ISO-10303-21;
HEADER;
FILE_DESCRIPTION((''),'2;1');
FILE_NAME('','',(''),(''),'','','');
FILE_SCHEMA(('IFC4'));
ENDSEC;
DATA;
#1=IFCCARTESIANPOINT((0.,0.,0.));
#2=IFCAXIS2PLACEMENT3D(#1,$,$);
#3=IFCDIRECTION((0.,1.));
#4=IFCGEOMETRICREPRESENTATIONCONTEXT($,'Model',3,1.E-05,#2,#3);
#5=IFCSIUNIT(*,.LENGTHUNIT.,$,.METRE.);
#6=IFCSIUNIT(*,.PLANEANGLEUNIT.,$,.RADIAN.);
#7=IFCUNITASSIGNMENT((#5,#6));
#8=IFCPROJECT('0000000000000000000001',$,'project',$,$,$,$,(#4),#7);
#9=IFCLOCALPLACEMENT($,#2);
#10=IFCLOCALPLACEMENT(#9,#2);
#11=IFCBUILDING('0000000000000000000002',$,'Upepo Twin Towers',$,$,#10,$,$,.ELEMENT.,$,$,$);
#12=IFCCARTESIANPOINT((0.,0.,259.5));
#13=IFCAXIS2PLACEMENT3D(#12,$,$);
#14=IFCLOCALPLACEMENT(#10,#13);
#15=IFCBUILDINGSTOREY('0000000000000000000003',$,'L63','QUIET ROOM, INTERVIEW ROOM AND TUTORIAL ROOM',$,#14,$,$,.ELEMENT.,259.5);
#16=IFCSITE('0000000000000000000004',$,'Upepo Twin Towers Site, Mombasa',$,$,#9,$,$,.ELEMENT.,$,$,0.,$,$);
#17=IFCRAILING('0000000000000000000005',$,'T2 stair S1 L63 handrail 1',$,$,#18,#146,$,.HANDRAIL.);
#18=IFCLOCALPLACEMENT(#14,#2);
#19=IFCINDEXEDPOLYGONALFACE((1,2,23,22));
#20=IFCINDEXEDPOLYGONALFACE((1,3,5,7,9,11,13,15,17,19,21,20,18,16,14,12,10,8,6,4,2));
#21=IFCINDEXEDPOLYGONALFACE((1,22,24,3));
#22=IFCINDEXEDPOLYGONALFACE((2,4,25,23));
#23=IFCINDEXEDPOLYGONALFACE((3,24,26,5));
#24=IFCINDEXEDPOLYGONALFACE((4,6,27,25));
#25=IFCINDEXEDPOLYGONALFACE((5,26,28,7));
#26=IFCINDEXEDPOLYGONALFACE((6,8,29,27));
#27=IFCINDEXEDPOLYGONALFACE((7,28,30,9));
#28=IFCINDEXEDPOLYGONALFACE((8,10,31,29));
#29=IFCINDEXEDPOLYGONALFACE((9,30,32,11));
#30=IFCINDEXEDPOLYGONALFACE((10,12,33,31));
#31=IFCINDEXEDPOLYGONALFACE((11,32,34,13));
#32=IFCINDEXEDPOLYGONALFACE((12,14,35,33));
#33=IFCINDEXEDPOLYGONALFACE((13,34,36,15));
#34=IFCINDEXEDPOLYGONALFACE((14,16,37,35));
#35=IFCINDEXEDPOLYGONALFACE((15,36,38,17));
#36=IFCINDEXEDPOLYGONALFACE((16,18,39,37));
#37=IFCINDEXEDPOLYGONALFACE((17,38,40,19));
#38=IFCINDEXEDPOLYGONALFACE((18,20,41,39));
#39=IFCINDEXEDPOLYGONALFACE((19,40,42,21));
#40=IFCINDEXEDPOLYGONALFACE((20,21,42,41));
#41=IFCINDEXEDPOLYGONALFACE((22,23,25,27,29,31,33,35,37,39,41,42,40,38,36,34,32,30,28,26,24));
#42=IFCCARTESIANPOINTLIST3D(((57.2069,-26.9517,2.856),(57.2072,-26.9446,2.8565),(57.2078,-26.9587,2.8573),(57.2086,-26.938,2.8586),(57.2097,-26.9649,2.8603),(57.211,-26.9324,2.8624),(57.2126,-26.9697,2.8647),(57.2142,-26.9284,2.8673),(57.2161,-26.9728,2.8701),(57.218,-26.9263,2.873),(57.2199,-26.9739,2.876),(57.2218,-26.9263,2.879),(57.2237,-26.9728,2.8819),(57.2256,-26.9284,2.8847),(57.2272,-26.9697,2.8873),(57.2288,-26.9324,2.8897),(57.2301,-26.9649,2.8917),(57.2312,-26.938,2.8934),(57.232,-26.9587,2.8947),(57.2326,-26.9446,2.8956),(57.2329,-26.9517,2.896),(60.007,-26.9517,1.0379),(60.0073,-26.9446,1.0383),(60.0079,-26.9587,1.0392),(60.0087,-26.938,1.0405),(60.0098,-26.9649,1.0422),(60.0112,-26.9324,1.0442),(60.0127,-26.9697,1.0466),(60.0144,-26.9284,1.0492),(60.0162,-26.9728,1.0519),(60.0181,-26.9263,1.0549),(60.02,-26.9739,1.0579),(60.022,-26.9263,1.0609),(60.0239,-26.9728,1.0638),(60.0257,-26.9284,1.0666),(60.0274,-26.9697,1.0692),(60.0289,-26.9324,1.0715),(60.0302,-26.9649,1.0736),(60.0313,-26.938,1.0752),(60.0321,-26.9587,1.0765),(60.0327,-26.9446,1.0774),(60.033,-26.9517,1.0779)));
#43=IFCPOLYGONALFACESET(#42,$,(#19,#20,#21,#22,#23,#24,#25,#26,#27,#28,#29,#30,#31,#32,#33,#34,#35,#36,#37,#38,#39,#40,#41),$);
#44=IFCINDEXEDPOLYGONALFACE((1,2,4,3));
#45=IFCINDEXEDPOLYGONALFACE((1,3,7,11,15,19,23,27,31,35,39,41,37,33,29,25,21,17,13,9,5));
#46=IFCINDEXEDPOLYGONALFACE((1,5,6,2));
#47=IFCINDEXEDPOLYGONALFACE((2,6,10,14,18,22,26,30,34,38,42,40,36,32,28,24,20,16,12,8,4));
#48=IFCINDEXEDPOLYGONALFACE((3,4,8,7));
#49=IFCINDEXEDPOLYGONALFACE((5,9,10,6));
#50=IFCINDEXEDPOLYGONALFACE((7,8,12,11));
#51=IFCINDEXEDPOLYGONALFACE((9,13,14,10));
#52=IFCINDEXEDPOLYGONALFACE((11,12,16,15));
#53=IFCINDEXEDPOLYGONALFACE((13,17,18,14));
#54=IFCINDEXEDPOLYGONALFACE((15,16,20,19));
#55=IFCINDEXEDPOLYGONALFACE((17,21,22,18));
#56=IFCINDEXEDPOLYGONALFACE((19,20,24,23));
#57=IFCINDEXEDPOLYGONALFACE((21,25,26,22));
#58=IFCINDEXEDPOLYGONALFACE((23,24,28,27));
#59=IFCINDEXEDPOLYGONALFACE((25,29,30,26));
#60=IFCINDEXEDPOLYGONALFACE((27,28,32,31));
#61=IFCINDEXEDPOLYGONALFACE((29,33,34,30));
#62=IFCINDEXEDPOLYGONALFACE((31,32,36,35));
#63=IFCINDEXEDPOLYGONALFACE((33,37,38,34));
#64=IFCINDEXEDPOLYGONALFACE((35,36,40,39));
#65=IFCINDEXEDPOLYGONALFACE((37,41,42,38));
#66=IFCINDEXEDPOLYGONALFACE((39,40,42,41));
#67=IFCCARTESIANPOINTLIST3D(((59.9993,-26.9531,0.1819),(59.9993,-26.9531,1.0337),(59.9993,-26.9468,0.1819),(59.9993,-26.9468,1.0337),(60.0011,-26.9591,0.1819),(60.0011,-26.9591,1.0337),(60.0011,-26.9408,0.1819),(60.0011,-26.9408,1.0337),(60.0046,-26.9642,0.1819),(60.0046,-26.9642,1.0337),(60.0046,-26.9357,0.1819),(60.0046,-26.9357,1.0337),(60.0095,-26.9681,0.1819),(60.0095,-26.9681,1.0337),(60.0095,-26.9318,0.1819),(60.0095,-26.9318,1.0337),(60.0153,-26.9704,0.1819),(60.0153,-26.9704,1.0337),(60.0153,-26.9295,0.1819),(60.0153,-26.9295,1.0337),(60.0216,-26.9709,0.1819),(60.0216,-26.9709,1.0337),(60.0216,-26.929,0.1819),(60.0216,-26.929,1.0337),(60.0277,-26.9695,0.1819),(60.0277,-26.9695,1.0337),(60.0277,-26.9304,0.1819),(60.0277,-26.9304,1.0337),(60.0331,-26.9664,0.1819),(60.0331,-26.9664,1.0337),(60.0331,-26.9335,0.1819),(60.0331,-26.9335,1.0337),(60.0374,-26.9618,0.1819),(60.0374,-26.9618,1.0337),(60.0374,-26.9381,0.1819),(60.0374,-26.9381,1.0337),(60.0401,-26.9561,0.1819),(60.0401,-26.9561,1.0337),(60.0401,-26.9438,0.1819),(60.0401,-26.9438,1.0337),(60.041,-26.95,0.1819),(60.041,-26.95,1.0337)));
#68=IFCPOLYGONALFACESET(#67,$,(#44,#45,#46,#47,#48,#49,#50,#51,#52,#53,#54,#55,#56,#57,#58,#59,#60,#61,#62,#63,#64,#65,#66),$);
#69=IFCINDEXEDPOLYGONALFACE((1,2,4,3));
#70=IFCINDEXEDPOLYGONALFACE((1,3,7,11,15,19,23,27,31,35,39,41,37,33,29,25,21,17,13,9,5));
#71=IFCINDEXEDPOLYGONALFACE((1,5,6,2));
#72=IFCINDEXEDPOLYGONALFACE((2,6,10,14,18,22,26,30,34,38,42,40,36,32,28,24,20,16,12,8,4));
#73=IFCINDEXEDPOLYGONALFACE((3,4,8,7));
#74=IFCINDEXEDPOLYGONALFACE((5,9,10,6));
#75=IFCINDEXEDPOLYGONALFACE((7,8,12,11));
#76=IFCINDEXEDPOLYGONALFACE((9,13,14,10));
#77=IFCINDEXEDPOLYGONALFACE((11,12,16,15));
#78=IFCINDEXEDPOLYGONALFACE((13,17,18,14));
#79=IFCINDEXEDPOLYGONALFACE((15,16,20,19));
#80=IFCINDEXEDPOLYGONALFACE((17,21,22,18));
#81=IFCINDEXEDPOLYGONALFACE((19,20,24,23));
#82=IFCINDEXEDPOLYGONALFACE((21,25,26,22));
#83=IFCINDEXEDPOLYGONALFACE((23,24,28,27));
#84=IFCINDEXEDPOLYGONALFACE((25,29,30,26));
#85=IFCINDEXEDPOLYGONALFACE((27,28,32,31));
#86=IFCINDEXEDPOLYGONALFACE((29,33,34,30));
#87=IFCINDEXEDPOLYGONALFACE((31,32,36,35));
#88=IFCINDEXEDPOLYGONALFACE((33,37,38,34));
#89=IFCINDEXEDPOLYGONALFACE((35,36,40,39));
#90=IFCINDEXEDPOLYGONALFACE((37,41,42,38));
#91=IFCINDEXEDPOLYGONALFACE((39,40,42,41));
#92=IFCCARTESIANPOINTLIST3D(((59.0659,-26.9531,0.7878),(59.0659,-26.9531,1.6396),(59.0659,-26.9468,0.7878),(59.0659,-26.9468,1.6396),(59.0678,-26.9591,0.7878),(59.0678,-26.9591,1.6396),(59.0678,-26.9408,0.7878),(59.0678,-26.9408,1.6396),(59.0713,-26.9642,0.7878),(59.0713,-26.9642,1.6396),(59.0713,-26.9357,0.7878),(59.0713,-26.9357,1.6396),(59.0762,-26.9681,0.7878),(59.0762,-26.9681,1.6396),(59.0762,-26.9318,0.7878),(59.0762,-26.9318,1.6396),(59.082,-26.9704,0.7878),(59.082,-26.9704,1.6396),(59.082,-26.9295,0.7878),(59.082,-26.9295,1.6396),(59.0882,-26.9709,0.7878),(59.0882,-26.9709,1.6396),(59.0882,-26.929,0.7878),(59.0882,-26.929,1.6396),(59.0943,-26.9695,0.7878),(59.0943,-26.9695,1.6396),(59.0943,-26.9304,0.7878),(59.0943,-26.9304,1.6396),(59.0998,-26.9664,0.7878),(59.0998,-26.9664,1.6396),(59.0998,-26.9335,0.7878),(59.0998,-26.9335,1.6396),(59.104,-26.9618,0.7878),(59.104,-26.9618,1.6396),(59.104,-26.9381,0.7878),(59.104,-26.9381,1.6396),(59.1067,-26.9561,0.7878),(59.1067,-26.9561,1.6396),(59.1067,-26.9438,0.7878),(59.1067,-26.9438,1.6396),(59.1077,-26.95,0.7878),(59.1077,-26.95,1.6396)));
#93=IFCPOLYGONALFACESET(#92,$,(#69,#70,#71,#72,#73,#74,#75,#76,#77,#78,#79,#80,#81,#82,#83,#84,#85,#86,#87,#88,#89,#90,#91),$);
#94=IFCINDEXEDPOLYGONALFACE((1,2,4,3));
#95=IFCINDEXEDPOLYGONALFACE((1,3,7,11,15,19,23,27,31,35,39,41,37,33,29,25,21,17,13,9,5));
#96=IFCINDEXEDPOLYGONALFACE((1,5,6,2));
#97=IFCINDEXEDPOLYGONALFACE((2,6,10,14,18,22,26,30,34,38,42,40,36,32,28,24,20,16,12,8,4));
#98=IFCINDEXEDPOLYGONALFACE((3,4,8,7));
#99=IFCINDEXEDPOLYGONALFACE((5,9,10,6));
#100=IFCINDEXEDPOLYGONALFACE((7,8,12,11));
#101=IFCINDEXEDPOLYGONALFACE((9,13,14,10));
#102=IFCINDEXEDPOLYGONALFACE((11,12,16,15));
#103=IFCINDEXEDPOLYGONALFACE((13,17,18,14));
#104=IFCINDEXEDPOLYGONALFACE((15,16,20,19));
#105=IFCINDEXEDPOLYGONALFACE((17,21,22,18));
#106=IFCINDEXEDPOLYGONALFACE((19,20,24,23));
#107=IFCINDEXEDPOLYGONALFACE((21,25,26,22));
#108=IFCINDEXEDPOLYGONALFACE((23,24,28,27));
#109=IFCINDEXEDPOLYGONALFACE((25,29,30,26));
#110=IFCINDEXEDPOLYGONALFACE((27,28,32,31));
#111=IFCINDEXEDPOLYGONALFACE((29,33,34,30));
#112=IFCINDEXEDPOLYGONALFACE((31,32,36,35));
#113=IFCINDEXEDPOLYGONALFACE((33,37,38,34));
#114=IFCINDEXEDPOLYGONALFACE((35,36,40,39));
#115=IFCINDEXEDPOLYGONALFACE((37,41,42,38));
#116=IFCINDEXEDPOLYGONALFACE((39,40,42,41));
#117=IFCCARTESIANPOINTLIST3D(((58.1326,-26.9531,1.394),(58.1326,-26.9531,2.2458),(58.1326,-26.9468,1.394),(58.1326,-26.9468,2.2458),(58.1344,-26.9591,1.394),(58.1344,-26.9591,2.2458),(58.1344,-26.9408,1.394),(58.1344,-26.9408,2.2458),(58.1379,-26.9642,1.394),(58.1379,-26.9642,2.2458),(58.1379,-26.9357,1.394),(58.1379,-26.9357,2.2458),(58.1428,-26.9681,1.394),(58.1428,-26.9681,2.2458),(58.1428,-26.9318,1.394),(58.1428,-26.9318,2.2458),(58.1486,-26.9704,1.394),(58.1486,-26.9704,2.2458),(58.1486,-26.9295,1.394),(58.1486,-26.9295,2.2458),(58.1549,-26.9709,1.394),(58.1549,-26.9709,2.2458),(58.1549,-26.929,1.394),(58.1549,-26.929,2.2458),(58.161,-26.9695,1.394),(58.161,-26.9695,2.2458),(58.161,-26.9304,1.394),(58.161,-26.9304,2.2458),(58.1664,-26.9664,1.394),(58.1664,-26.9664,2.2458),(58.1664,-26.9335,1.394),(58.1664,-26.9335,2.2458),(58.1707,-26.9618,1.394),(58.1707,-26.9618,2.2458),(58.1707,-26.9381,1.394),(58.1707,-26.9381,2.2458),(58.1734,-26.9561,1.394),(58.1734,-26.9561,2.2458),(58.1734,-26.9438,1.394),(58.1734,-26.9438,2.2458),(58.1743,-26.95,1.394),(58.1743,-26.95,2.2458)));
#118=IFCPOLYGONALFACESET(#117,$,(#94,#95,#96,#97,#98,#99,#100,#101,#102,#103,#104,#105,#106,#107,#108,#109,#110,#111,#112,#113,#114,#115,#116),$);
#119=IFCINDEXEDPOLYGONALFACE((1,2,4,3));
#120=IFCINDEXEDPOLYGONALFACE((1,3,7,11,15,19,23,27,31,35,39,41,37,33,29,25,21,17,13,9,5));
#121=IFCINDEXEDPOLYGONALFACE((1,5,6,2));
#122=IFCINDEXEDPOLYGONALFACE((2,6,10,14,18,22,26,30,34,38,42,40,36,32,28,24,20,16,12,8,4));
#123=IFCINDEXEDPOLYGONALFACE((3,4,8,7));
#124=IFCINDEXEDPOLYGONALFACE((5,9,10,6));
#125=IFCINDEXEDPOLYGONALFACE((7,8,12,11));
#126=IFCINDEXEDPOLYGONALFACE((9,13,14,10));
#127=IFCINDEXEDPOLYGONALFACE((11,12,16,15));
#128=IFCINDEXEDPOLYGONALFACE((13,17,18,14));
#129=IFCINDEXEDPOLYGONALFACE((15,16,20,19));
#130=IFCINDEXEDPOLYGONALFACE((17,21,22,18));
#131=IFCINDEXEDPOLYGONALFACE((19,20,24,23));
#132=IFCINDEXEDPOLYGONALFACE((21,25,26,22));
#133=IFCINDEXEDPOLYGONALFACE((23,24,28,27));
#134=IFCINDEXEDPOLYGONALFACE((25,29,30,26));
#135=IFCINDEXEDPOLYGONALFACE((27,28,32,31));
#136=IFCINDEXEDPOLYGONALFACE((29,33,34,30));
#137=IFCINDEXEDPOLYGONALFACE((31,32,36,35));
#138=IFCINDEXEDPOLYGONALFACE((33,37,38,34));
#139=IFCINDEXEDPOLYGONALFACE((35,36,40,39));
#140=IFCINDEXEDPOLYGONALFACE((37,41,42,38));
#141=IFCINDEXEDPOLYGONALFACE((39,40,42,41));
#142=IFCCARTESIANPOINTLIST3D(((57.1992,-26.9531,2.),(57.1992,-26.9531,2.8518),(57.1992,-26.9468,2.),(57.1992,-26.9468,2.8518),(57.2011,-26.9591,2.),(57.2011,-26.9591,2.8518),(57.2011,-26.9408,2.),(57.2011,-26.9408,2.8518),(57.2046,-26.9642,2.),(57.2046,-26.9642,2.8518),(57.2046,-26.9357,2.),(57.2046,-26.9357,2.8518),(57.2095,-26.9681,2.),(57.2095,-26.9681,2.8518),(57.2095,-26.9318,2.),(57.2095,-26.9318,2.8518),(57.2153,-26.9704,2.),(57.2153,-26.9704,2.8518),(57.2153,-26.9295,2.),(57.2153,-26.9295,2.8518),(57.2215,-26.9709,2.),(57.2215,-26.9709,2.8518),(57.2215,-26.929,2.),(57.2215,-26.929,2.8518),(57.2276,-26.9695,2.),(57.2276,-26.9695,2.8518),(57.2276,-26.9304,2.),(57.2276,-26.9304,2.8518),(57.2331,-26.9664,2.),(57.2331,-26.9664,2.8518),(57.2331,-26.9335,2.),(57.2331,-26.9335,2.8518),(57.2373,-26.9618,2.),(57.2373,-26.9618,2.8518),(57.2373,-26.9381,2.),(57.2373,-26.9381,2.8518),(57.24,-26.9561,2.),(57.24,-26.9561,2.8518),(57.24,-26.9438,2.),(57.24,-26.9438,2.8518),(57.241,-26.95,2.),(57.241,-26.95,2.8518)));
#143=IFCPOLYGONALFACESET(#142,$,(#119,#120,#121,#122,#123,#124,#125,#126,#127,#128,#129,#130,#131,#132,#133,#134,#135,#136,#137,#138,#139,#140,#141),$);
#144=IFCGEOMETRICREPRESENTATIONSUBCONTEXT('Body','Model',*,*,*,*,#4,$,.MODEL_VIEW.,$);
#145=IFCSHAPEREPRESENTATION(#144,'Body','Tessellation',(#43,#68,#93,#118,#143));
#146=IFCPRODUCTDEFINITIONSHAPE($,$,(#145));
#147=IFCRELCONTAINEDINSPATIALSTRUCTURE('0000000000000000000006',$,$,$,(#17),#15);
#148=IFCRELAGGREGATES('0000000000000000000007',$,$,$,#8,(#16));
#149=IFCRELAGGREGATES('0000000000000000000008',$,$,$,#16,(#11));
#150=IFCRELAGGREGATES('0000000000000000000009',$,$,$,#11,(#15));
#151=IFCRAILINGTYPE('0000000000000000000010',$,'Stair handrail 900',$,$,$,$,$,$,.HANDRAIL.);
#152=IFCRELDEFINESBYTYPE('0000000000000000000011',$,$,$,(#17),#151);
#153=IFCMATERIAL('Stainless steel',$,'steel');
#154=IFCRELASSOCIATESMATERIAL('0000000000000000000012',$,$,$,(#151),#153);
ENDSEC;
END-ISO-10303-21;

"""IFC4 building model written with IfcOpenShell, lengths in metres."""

from ifc_helpers import new_model, si_unit, direction, frame, origin, origin_2d, place, context, subcontext, project, spatial, circle, extrude, material, type_object, element, save


model = new_model("IFC4")

# Units and contexts
model_context = context("Model", 3, precision=1e-05, world=origin(), true_north=direction((0.0, 1.0)))
body_context = subcontext(model_context, "Body", "Model", "MODEL_VIEW")
ifc_project = project(units=[si_unit("LENGTHUNIT", "METRE"), si_unit("PLANEANGLEUNIT", "RADIAN")], contexts=[model_context])

# Site, building, storey
site_placement = place(None, origin())
site = spatial("IfcSite", under=ifc_project, at=site_placement, Name="Upepo Twin Towers Site, Mombasa", CompositionType="ELEMENT", RefElevation=0.0)
building_placement = place(site_placement, origin())
building = spatial("IfcBuilding", under=site, at=building_placement, Name="Upepo Twin Towers", CompositionType="ELEMENT")
storey_placement = place(building_placement, frame((0.0, 0.0, 259.5)))
storey = spatial("IfcBuildingStorey", under=building, at=storey_placement, Name="L63", Description="QUIET ROOM, INTERVIEW ROOM AND TUTORIAL ROOM", CompositionType="ELEMENT", Elevation=259.5)

# Railing
ifc_material_1 = material(Name="Stainless steel", Category="steel")
railing_type = type_object("IfcRailingType", Name="Stair handrail 900", PredefinedType="HANDRAIL", material=ifc_material_1)
railing_1_placement = place(storey_placement, frame((60.02, -26.95, 0.1819)))
element("IfcRailing", 1, at=railing_1_placement, inside=storey, type_object=railing_type, Name="T2 stair S1 L63 handrail 1", PredefinedType="HANDRAIL", context=body_context, shape_type="SweptSolid", body=[
    extrude(circle(Radius=0.0239, at=origin_2d()), frame((0.0, 0.0, 0.876), z_axis=(-0.838706, 0.0, 0.544585), x_axis=(0.0, -1.0, 0.0)), (0.0, 0.0, 1.0), 3.3386),
    extrude(circle(Radius=0.021, at=origin_2d()), origin(), (0.0, 0.0, 1.0), 0.8518),
    extrude(circle(Radius=0.021, at=origin_2d()), frame((-0.9333, 0.0, 0.606)), (0.0, 0.0, 1.0), 0.8518),
    extrude(circle(Radius=0.021, at=origin_2d()), frame((-1.8667, 0.0, 1.2122)), (0.0, 0.0, 1.0), 0.8518),
    extrude(circle(Radius=0.021, at=origin_2d()), frame((-2.8, 0.0, 1.8181)), (0.0, 0.0, 1.0), 0.8518),
])

save(model, "model.ifc")
